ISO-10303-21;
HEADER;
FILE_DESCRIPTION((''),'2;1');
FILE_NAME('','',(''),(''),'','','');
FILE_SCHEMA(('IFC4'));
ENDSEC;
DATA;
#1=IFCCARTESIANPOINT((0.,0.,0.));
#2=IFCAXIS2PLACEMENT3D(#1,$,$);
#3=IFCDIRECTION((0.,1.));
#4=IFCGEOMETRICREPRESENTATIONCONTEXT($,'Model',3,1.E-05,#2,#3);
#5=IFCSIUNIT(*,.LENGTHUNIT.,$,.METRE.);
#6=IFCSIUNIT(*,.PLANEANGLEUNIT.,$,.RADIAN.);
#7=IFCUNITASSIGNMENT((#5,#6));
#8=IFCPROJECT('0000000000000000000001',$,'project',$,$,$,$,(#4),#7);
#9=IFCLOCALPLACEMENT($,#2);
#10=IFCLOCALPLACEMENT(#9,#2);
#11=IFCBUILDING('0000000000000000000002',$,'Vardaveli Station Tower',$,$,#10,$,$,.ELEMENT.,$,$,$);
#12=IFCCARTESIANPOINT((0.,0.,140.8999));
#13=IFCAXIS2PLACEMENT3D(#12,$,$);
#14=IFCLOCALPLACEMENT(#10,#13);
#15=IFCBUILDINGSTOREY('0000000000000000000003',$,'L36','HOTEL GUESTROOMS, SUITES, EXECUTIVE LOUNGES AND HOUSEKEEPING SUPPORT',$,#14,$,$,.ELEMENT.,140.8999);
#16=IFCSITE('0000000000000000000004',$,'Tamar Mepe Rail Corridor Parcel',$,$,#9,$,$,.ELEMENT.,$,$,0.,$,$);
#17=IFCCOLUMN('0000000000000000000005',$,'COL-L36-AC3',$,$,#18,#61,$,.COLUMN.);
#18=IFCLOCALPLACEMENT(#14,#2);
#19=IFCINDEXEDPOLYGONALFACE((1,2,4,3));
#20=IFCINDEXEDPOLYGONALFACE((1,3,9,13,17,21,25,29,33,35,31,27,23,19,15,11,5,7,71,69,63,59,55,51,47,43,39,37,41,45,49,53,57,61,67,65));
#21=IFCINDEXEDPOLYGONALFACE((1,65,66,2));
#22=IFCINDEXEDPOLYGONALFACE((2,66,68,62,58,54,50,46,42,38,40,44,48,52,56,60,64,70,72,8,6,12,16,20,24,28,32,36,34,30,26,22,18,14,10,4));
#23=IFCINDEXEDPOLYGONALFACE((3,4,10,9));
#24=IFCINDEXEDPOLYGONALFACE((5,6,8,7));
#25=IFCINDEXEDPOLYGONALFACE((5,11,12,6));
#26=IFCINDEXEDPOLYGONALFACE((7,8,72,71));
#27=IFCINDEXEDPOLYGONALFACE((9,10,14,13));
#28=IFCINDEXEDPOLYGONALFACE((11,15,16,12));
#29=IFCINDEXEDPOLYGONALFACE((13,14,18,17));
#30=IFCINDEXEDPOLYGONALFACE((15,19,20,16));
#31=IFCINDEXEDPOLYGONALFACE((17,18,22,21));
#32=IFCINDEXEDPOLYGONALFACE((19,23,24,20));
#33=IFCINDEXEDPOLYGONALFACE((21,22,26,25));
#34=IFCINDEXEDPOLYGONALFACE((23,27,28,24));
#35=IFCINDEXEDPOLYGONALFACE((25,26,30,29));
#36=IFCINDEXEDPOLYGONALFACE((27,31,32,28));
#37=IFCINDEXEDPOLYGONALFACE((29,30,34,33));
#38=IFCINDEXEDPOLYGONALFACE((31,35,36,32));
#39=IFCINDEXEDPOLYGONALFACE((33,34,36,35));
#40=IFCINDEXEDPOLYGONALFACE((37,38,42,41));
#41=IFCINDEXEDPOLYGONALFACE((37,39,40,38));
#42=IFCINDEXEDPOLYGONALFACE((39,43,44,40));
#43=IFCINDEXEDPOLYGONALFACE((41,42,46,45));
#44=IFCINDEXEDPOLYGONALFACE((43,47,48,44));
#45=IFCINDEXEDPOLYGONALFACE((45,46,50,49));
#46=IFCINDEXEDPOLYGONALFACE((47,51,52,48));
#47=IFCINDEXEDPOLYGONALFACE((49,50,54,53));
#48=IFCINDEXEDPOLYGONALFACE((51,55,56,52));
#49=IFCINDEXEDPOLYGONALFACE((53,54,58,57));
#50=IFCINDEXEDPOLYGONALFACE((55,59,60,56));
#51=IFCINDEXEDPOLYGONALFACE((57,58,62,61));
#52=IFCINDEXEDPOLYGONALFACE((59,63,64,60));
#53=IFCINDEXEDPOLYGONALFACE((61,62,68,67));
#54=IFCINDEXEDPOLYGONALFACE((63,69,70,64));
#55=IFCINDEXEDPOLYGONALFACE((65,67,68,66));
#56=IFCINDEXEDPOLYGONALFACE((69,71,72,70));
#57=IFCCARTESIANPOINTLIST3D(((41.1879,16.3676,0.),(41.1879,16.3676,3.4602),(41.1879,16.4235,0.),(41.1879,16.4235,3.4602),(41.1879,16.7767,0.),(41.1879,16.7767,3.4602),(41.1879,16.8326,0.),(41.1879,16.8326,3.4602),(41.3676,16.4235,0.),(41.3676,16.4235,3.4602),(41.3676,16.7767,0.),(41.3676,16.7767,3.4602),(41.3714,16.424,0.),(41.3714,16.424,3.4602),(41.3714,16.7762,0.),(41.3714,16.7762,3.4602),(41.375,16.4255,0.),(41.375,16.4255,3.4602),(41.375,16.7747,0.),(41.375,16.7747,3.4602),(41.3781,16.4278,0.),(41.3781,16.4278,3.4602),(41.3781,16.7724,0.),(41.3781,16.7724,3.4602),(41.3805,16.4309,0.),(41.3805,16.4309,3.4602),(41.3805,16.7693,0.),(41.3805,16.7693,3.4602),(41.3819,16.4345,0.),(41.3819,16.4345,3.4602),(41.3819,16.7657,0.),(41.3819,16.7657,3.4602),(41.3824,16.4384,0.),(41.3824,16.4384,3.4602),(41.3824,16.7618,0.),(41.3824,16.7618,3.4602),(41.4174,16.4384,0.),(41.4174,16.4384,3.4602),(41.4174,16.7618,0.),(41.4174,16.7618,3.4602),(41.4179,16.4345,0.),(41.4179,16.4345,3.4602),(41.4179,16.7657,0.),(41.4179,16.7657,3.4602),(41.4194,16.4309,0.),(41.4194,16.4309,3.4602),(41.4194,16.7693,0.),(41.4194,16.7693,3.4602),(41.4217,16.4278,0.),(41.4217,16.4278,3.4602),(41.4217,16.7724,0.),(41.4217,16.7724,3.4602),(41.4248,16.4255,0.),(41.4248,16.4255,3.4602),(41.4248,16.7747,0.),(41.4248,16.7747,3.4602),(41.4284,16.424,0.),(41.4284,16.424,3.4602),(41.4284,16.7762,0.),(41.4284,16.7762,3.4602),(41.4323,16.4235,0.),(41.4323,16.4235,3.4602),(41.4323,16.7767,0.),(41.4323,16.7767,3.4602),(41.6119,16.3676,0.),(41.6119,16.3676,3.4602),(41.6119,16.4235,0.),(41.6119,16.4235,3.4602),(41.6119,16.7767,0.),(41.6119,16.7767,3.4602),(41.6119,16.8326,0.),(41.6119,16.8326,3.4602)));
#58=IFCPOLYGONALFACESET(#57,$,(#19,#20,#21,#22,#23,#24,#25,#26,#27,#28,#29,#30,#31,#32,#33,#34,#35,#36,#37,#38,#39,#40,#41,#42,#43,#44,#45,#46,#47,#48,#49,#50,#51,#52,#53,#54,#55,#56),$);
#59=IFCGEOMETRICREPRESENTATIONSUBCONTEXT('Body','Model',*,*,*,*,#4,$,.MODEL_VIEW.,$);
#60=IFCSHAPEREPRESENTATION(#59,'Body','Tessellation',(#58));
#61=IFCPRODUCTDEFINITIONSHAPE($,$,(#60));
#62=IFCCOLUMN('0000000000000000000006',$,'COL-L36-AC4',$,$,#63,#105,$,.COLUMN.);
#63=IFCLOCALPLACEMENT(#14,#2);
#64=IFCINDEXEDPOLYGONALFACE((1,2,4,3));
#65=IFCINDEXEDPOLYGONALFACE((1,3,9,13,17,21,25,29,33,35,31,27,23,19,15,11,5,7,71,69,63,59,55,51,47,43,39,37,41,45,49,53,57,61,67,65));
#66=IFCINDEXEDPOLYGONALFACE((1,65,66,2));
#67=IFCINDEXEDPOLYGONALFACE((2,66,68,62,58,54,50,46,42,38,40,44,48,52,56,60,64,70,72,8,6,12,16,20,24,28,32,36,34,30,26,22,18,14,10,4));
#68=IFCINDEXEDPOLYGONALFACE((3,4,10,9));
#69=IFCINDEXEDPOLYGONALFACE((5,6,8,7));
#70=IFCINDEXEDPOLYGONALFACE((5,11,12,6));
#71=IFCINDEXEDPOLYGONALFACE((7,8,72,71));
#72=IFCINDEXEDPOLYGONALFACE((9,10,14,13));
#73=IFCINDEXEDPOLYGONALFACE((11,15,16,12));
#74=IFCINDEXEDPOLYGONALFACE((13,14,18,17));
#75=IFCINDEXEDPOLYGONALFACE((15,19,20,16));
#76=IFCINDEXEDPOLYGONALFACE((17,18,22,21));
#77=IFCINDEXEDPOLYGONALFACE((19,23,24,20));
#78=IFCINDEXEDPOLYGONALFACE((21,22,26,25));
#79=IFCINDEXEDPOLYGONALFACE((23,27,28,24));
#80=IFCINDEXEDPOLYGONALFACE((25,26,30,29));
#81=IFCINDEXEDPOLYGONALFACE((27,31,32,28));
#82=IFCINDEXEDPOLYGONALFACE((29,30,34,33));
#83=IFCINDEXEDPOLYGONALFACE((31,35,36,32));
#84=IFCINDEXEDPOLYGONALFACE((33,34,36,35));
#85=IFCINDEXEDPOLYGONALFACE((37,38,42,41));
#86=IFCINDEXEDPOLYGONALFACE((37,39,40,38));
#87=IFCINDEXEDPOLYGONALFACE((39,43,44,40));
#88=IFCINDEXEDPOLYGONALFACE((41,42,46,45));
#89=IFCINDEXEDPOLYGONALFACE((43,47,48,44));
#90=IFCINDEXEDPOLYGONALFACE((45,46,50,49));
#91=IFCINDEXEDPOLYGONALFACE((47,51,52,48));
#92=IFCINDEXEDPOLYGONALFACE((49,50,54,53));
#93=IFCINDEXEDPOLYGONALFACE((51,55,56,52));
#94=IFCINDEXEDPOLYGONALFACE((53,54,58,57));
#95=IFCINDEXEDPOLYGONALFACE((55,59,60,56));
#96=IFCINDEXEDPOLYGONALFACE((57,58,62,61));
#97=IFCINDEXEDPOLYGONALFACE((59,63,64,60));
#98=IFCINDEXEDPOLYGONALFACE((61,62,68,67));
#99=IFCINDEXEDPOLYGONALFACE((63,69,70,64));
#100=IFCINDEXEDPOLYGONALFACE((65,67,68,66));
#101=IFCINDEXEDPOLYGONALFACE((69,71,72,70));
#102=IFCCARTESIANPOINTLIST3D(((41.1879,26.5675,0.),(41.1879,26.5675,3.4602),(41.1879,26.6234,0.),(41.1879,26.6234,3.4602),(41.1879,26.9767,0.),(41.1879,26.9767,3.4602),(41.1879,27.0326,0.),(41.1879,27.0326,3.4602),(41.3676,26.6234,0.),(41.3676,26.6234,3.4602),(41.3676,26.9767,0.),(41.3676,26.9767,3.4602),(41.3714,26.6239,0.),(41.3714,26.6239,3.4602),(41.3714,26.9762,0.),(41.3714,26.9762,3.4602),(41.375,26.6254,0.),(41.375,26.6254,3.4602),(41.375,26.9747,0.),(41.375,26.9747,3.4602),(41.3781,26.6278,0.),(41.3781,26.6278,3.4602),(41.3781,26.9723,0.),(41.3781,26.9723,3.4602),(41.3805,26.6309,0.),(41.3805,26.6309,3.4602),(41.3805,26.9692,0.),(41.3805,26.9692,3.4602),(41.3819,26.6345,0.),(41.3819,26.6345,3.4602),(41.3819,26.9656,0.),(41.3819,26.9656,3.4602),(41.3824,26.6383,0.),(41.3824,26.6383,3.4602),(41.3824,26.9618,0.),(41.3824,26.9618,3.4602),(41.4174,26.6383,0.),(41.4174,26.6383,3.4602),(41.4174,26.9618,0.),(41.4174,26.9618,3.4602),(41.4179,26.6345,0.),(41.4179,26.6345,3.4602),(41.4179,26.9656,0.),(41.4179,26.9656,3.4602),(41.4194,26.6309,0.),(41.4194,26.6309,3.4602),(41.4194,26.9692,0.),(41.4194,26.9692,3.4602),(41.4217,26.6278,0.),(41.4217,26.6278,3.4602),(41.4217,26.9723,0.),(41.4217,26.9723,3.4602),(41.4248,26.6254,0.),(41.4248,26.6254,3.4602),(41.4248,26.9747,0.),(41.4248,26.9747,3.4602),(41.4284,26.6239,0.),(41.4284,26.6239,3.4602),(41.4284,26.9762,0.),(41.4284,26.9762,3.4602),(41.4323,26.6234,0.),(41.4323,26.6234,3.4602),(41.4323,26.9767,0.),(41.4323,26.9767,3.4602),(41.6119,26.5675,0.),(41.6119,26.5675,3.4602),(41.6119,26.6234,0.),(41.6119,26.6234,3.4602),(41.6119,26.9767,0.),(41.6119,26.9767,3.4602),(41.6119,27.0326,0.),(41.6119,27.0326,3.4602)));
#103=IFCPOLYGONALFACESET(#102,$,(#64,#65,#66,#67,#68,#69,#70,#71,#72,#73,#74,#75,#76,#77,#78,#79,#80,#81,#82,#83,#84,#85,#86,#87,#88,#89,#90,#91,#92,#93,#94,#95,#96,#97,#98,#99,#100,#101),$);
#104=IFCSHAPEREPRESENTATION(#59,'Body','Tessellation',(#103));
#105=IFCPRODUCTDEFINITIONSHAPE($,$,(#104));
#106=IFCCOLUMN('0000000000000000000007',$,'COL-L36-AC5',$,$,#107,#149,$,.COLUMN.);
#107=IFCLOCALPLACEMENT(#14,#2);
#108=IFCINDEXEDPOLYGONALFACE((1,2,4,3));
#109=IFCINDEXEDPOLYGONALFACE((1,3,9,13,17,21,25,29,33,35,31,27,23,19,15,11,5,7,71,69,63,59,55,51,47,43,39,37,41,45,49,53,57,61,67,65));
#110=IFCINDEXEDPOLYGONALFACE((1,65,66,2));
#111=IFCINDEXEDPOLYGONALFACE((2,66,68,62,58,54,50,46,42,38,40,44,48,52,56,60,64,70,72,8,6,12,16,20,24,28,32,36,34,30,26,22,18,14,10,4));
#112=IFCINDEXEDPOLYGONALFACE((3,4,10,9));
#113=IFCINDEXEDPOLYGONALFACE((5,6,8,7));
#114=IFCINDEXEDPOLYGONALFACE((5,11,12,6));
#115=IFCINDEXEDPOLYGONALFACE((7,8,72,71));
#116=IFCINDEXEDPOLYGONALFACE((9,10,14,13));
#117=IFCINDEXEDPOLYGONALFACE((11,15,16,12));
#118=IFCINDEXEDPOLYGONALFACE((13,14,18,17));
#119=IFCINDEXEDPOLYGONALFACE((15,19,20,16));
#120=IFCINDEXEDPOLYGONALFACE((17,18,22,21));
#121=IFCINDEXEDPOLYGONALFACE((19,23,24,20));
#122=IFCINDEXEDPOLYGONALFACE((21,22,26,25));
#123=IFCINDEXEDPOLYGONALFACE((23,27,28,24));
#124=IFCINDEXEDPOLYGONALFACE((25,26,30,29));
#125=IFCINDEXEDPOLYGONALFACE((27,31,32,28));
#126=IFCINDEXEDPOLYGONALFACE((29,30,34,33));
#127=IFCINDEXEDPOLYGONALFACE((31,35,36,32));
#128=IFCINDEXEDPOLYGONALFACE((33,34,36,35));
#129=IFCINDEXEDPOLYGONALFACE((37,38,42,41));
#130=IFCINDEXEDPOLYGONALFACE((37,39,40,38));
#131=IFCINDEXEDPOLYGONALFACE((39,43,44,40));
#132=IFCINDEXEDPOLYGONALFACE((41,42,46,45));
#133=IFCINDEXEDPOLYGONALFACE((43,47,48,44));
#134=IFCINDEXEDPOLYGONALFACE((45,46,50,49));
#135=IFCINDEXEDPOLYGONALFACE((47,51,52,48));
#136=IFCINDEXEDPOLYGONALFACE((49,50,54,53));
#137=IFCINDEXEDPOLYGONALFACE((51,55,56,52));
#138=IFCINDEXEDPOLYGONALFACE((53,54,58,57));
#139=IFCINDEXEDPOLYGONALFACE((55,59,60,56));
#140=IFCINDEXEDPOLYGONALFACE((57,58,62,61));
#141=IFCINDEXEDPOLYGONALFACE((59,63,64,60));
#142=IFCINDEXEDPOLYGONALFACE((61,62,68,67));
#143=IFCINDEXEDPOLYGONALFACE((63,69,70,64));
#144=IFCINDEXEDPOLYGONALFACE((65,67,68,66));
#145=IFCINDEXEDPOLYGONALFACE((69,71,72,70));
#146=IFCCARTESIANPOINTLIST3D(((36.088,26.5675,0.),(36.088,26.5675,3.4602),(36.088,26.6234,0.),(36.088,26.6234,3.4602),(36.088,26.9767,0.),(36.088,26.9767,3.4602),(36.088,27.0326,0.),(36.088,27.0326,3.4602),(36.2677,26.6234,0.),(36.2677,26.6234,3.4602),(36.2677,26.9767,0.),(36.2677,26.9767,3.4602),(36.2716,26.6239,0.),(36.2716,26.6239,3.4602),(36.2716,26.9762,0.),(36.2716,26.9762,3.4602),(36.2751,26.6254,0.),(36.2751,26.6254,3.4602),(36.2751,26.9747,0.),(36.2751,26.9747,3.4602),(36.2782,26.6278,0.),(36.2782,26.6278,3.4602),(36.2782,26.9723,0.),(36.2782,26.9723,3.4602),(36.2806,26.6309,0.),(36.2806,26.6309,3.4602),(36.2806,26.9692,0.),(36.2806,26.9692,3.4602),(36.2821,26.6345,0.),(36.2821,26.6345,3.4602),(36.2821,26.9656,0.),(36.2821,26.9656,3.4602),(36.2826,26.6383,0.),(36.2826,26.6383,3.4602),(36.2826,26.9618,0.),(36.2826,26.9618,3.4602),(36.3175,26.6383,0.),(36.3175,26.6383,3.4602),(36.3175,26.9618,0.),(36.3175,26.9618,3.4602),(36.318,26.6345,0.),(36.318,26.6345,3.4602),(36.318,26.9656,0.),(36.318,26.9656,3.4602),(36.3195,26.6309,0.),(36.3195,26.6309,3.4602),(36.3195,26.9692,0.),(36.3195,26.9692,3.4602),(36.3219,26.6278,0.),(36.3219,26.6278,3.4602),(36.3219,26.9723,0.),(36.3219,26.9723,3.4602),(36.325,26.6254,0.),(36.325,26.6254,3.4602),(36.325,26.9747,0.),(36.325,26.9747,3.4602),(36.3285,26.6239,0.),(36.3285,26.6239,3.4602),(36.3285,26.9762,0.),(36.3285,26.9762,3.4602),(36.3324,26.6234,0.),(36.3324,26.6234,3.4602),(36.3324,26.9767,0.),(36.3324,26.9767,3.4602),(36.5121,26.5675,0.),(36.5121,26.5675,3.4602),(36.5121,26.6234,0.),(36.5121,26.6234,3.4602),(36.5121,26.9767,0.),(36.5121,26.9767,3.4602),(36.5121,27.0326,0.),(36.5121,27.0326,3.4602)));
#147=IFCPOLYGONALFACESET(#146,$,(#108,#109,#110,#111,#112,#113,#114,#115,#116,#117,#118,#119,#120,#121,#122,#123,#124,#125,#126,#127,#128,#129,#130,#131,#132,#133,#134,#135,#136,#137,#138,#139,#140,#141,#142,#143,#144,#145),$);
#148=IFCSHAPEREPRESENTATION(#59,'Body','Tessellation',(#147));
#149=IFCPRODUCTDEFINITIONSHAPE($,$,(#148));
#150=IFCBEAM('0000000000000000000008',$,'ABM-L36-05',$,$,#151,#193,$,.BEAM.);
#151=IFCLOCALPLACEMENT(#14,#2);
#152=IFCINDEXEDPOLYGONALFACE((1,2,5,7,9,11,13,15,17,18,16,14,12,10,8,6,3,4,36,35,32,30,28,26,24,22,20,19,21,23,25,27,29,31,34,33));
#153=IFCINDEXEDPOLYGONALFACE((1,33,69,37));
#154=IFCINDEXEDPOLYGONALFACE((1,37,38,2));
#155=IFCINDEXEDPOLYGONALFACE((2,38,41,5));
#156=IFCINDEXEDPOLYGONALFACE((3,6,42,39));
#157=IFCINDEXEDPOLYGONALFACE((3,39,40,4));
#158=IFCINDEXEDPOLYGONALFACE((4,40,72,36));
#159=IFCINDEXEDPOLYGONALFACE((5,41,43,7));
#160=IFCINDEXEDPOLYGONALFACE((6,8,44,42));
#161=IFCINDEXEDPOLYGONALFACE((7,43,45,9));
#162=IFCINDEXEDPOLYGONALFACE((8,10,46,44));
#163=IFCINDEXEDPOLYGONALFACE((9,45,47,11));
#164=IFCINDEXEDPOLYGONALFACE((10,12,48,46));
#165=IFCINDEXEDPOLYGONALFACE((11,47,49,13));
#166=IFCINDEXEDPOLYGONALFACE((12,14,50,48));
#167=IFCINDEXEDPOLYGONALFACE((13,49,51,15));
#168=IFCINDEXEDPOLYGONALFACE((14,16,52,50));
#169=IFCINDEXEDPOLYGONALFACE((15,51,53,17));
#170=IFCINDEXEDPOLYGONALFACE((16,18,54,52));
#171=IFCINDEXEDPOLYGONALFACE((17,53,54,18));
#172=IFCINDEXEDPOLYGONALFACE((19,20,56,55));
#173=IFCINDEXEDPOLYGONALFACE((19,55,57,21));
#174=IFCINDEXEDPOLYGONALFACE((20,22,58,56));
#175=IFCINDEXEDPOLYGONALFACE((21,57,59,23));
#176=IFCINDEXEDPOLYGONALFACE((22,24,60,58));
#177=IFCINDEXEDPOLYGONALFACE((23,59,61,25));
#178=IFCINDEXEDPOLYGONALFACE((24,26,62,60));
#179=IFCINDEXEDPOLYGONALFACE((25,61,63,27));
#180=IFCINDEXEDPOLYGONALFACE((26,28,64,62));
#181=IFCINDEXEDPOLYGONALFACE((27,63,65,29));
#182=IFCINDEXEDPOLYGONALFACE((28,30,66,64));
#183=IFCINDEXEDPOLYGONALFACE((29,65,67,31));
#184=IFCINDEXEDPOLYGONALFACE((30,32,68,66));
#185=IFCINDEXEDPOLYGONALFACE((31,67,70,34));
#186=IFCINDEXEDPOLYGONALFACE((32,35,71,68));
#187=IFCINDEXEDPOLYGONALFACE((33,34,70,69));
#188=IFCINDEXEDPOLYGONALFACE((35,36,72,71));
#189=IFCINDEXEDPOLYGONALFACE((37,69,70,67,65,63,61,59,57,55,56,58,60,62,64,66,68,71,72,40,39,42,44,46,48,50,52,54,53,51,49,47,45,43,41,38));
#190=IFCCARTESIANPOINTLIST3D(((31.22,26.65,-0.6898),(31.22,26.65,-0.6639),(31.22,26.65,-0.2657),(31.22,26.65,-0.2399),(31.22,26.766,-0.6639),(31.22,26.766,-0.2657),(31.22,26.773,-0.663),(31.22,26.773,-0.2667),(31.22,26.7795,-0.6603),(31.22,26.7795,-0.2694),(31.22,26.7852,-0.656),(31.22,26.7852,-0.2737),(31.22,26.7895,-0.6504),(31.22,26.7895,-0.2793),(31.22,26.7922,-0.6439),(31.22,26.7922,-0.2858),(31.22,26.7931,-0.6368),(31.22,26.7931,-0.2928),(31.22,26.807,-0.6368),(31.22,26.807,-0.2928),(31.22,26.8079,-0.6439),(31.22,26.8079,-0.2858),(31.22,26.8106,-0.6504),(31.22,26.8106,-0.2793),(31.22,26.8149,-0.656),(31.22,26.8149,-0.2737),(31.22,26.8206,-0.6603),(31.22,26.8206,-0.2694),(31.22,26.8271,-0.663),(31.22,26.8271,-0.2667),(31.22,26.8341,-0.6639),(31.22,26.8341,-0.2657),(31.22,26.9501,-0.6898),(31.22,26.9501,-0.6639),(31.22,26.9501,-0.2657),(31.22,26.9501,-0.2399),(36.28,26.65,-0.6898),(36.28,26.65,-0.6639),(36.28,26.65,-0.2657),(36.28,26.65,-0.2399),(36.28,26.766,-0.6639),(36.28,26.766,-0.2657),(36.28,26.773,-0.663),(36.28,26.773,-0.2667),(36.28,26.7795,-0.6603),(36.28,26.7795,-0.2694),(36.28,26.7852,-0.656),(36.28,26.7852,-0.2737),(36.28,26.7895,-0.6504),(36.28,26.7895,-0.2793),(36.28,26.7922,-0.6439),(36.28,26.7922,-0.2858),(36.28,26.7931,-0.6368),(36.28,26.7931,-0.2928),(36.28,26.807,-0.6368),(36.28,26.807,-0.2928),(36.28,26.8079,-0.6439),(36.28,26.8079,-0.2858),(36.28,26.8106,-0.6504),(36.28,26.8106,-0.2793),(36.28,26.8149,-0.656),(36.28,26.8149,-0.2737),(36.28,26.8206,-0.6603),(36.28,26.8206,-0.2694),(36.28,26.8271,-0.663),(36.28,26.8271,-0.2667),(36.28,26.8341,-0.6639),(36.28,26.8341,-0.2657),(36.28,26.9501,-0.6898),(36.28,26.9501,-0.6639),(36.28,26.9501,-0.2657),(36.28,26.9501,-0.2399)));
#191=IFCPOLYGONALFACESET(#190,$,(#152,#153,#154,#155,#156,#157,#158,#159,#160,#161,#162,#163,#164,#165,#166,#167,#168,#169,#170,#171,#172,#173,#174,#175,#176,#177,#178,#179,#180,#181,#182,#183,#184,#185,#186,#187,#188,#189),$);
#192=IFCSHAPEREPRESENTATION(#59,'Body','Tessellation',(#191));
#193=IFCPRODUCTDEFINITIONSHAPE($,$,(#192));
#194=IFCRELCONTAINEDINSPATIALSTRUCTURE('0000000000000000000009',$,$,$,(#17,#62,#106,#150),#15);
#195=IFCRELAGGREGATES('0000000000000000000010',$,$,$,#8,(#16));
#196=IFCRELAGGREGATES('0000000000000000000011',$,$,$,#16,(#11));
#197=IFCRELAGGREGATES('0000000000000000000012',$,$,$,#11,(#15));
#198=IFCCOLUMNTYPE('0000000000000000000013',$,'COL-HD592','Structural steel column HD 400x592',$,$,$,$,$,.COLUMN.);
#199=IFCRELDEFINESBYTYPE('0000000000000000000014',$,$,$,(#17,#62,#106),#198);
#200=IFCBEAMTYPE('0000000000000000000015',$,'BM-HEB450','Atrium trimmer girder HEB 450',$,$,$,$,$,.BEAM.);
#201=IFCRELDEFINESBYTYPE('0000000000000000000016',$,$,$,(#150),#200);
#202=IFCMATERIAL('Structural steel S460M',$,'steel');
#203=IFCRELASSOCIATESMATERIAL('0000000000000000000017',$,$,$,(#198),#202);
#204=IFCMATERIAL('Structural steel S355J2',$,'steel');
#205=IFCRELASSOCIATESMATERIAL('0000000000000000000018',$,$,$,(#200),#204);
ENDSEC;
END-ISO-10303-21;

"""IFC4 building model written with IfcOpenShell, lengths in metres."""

from ifc_helpers import new_model, si_unit, direction, frame, origin, origin_2d, place, context, subcontext, project, spatial, i_section, extrude, source, transform, mapped, material, material_profile, profile_set, type_object, element, save


model = new_model("IFC4")

# Units and contexts
model_context = context("Model", 3, precision=1e-05, world=origin(), true_north=direction((0.0, 1.0)))
body_context = subcontext(model_context, "Body", "Model", "MODEL_VIEW")
ifc_project = project(units=[si_unit("LENGTHUNIT", "METRE"), si_unit("PLANEANGLEUNIT", "RADIAN")], contexts=[model_context])

# Site, building, storey
site_placement = place(None, origin())
site = spatial("IfcSite", under=ifc_project, at=site_placement, Name="Tamar Mepe Rail Corridor Parcel", CompositionType="ELEMENT", RefElevation=0.0)
building_placement = place(site_placement, origin())
building = spatial("IfcBuilding", under=site, at=building_placement, Name="Vardaveli Station Tower", CompositionType="ELEMENT")
storey_placement = place(building_placement, frame((0.0, 0.0, 140.8999)))
storey = spatial("IfcBuildingStorey", under=building, at=storey_placement, Name="L36", Description="HOTEL GUESTROOMS, SUITES, EXECUTIVE LOUNGES AND HOUSEKEEPING SUPPORT", CompositionType="ELEMENT", Elevation=140.8999)

# Columns
ifc_material_1 = material(Name="Structural steel S460M", Category="steel")
ifc_material_profile_1 = material_profile(ifc_material_1, i_section(OverallWidth=0.4241, OverallDepth=0.4651, WebThickness=0.0349, FlangeThickness=0.0559, FilletRadius=0.0149, at=origin_2d()), Name="HD 400x592")
ifc_profile_set_1 = profile_set([ifc_material_profile_1], Name="Structural steel S460M")
column_type = type_object("IfcColumnType", Name="COL-HD592", Description="Structural steel column HD 400x592", PredefinedType="COLUMN", material=ifc_profile_set_1)
shared_shape_1 = source(origin(), body_context, "Body", "SweptSolid", [
    extrude(i_section(OverallWidth=0.4241, OverallDepth=0.4651, WebThickness=0.0349, FlangeThickness=0.0559, FilletRadius=0.0149, at=origin_2d()), origin(), (0.0, 0.0, 1.0), 3.4602),
])
for number, where, z_axis, x_axis, name in (
    (1, (41.3999, 16.6001, 0.0), (0.0, 0.0, 1.0), (1.0, 0.0, 0.0), "COL-L36-AC3"),
    (2, (41.3999, 26.8, 0.0), (0.0, 0.0, 1.0), (1.0, 0.0, 0.0), "COL-L36-AC4"),
    (3, (36.3, 26.8, 0.0), (0.0, 0.0, 1.0), (1.0, 0.0, 0.0), "COL-L36-AC5"),
):
    element("IfcColumn", number, at=place(storey_placement, frame(where, z_axis=z_axis, x_axis=x_axis)), inside=storey, type_object=column_type, Name=name, PredefinedType="COLUMN", context=body_context, shape_type="MappedRepresentation", body=[
        mapped(shared_shape_1, transform((0.0, 0.0, 0.0), scale=1.0)),
    ])

# Beam
ifc_material_2 = material(Name="Structural steel S355J2", Category="steel")
ifc_material_profile_2 = material_profile(ifc_material_2, i_section(OverallWidth=0.3, OverallDepth=0.45, WebThickness=0.0139, FlangeThickness=0.0259, FilletRadius=0.0271, at=origin_2d()), Name="HEB 450")
ifc_profile_set_2 = profile_set([ifc_material_profile_2], Name="Structural steel S355J2")
beam_type_1 = type_object("IfcBeamType", Name="BM-HEB450", Description="Atrium trimmer girder HEB 450", PredefinedType="BEAM", material=ifc_profile_set_2)
shared_shape_2 = source(origin(), body_context, "Body", "SweptSolid", [
    extrude(i_section(OverallWidth=0.3, OverallDepth=0.45, WebThickness=0.0139, FlangeThickness=0.0259, FilletRadius=0.0271, at=origin_2d()), origin(), (0.0, 0.0, 1.0), 5.0601),
])
beam_1_placement = place(storey_placement, frame((36.28, 26.8, -0.4648), z_axis=(-1.0, 0.0, 0.0), x_axis=(0.0, -1.0, 0.0)))
element("IfcBeam", 4, at=beam_1_placement, inside=storey, type_object=beam_type_1, Name="ABM-L36-05", PredefinedType="BEAM", context=body_context, shape_type="MappedRepresentation", body=[
    mapped(shared_shape_2, transform((0.0, 0.0, 0.0), scale=1.0)),
])

save(model, "model.ifc")
